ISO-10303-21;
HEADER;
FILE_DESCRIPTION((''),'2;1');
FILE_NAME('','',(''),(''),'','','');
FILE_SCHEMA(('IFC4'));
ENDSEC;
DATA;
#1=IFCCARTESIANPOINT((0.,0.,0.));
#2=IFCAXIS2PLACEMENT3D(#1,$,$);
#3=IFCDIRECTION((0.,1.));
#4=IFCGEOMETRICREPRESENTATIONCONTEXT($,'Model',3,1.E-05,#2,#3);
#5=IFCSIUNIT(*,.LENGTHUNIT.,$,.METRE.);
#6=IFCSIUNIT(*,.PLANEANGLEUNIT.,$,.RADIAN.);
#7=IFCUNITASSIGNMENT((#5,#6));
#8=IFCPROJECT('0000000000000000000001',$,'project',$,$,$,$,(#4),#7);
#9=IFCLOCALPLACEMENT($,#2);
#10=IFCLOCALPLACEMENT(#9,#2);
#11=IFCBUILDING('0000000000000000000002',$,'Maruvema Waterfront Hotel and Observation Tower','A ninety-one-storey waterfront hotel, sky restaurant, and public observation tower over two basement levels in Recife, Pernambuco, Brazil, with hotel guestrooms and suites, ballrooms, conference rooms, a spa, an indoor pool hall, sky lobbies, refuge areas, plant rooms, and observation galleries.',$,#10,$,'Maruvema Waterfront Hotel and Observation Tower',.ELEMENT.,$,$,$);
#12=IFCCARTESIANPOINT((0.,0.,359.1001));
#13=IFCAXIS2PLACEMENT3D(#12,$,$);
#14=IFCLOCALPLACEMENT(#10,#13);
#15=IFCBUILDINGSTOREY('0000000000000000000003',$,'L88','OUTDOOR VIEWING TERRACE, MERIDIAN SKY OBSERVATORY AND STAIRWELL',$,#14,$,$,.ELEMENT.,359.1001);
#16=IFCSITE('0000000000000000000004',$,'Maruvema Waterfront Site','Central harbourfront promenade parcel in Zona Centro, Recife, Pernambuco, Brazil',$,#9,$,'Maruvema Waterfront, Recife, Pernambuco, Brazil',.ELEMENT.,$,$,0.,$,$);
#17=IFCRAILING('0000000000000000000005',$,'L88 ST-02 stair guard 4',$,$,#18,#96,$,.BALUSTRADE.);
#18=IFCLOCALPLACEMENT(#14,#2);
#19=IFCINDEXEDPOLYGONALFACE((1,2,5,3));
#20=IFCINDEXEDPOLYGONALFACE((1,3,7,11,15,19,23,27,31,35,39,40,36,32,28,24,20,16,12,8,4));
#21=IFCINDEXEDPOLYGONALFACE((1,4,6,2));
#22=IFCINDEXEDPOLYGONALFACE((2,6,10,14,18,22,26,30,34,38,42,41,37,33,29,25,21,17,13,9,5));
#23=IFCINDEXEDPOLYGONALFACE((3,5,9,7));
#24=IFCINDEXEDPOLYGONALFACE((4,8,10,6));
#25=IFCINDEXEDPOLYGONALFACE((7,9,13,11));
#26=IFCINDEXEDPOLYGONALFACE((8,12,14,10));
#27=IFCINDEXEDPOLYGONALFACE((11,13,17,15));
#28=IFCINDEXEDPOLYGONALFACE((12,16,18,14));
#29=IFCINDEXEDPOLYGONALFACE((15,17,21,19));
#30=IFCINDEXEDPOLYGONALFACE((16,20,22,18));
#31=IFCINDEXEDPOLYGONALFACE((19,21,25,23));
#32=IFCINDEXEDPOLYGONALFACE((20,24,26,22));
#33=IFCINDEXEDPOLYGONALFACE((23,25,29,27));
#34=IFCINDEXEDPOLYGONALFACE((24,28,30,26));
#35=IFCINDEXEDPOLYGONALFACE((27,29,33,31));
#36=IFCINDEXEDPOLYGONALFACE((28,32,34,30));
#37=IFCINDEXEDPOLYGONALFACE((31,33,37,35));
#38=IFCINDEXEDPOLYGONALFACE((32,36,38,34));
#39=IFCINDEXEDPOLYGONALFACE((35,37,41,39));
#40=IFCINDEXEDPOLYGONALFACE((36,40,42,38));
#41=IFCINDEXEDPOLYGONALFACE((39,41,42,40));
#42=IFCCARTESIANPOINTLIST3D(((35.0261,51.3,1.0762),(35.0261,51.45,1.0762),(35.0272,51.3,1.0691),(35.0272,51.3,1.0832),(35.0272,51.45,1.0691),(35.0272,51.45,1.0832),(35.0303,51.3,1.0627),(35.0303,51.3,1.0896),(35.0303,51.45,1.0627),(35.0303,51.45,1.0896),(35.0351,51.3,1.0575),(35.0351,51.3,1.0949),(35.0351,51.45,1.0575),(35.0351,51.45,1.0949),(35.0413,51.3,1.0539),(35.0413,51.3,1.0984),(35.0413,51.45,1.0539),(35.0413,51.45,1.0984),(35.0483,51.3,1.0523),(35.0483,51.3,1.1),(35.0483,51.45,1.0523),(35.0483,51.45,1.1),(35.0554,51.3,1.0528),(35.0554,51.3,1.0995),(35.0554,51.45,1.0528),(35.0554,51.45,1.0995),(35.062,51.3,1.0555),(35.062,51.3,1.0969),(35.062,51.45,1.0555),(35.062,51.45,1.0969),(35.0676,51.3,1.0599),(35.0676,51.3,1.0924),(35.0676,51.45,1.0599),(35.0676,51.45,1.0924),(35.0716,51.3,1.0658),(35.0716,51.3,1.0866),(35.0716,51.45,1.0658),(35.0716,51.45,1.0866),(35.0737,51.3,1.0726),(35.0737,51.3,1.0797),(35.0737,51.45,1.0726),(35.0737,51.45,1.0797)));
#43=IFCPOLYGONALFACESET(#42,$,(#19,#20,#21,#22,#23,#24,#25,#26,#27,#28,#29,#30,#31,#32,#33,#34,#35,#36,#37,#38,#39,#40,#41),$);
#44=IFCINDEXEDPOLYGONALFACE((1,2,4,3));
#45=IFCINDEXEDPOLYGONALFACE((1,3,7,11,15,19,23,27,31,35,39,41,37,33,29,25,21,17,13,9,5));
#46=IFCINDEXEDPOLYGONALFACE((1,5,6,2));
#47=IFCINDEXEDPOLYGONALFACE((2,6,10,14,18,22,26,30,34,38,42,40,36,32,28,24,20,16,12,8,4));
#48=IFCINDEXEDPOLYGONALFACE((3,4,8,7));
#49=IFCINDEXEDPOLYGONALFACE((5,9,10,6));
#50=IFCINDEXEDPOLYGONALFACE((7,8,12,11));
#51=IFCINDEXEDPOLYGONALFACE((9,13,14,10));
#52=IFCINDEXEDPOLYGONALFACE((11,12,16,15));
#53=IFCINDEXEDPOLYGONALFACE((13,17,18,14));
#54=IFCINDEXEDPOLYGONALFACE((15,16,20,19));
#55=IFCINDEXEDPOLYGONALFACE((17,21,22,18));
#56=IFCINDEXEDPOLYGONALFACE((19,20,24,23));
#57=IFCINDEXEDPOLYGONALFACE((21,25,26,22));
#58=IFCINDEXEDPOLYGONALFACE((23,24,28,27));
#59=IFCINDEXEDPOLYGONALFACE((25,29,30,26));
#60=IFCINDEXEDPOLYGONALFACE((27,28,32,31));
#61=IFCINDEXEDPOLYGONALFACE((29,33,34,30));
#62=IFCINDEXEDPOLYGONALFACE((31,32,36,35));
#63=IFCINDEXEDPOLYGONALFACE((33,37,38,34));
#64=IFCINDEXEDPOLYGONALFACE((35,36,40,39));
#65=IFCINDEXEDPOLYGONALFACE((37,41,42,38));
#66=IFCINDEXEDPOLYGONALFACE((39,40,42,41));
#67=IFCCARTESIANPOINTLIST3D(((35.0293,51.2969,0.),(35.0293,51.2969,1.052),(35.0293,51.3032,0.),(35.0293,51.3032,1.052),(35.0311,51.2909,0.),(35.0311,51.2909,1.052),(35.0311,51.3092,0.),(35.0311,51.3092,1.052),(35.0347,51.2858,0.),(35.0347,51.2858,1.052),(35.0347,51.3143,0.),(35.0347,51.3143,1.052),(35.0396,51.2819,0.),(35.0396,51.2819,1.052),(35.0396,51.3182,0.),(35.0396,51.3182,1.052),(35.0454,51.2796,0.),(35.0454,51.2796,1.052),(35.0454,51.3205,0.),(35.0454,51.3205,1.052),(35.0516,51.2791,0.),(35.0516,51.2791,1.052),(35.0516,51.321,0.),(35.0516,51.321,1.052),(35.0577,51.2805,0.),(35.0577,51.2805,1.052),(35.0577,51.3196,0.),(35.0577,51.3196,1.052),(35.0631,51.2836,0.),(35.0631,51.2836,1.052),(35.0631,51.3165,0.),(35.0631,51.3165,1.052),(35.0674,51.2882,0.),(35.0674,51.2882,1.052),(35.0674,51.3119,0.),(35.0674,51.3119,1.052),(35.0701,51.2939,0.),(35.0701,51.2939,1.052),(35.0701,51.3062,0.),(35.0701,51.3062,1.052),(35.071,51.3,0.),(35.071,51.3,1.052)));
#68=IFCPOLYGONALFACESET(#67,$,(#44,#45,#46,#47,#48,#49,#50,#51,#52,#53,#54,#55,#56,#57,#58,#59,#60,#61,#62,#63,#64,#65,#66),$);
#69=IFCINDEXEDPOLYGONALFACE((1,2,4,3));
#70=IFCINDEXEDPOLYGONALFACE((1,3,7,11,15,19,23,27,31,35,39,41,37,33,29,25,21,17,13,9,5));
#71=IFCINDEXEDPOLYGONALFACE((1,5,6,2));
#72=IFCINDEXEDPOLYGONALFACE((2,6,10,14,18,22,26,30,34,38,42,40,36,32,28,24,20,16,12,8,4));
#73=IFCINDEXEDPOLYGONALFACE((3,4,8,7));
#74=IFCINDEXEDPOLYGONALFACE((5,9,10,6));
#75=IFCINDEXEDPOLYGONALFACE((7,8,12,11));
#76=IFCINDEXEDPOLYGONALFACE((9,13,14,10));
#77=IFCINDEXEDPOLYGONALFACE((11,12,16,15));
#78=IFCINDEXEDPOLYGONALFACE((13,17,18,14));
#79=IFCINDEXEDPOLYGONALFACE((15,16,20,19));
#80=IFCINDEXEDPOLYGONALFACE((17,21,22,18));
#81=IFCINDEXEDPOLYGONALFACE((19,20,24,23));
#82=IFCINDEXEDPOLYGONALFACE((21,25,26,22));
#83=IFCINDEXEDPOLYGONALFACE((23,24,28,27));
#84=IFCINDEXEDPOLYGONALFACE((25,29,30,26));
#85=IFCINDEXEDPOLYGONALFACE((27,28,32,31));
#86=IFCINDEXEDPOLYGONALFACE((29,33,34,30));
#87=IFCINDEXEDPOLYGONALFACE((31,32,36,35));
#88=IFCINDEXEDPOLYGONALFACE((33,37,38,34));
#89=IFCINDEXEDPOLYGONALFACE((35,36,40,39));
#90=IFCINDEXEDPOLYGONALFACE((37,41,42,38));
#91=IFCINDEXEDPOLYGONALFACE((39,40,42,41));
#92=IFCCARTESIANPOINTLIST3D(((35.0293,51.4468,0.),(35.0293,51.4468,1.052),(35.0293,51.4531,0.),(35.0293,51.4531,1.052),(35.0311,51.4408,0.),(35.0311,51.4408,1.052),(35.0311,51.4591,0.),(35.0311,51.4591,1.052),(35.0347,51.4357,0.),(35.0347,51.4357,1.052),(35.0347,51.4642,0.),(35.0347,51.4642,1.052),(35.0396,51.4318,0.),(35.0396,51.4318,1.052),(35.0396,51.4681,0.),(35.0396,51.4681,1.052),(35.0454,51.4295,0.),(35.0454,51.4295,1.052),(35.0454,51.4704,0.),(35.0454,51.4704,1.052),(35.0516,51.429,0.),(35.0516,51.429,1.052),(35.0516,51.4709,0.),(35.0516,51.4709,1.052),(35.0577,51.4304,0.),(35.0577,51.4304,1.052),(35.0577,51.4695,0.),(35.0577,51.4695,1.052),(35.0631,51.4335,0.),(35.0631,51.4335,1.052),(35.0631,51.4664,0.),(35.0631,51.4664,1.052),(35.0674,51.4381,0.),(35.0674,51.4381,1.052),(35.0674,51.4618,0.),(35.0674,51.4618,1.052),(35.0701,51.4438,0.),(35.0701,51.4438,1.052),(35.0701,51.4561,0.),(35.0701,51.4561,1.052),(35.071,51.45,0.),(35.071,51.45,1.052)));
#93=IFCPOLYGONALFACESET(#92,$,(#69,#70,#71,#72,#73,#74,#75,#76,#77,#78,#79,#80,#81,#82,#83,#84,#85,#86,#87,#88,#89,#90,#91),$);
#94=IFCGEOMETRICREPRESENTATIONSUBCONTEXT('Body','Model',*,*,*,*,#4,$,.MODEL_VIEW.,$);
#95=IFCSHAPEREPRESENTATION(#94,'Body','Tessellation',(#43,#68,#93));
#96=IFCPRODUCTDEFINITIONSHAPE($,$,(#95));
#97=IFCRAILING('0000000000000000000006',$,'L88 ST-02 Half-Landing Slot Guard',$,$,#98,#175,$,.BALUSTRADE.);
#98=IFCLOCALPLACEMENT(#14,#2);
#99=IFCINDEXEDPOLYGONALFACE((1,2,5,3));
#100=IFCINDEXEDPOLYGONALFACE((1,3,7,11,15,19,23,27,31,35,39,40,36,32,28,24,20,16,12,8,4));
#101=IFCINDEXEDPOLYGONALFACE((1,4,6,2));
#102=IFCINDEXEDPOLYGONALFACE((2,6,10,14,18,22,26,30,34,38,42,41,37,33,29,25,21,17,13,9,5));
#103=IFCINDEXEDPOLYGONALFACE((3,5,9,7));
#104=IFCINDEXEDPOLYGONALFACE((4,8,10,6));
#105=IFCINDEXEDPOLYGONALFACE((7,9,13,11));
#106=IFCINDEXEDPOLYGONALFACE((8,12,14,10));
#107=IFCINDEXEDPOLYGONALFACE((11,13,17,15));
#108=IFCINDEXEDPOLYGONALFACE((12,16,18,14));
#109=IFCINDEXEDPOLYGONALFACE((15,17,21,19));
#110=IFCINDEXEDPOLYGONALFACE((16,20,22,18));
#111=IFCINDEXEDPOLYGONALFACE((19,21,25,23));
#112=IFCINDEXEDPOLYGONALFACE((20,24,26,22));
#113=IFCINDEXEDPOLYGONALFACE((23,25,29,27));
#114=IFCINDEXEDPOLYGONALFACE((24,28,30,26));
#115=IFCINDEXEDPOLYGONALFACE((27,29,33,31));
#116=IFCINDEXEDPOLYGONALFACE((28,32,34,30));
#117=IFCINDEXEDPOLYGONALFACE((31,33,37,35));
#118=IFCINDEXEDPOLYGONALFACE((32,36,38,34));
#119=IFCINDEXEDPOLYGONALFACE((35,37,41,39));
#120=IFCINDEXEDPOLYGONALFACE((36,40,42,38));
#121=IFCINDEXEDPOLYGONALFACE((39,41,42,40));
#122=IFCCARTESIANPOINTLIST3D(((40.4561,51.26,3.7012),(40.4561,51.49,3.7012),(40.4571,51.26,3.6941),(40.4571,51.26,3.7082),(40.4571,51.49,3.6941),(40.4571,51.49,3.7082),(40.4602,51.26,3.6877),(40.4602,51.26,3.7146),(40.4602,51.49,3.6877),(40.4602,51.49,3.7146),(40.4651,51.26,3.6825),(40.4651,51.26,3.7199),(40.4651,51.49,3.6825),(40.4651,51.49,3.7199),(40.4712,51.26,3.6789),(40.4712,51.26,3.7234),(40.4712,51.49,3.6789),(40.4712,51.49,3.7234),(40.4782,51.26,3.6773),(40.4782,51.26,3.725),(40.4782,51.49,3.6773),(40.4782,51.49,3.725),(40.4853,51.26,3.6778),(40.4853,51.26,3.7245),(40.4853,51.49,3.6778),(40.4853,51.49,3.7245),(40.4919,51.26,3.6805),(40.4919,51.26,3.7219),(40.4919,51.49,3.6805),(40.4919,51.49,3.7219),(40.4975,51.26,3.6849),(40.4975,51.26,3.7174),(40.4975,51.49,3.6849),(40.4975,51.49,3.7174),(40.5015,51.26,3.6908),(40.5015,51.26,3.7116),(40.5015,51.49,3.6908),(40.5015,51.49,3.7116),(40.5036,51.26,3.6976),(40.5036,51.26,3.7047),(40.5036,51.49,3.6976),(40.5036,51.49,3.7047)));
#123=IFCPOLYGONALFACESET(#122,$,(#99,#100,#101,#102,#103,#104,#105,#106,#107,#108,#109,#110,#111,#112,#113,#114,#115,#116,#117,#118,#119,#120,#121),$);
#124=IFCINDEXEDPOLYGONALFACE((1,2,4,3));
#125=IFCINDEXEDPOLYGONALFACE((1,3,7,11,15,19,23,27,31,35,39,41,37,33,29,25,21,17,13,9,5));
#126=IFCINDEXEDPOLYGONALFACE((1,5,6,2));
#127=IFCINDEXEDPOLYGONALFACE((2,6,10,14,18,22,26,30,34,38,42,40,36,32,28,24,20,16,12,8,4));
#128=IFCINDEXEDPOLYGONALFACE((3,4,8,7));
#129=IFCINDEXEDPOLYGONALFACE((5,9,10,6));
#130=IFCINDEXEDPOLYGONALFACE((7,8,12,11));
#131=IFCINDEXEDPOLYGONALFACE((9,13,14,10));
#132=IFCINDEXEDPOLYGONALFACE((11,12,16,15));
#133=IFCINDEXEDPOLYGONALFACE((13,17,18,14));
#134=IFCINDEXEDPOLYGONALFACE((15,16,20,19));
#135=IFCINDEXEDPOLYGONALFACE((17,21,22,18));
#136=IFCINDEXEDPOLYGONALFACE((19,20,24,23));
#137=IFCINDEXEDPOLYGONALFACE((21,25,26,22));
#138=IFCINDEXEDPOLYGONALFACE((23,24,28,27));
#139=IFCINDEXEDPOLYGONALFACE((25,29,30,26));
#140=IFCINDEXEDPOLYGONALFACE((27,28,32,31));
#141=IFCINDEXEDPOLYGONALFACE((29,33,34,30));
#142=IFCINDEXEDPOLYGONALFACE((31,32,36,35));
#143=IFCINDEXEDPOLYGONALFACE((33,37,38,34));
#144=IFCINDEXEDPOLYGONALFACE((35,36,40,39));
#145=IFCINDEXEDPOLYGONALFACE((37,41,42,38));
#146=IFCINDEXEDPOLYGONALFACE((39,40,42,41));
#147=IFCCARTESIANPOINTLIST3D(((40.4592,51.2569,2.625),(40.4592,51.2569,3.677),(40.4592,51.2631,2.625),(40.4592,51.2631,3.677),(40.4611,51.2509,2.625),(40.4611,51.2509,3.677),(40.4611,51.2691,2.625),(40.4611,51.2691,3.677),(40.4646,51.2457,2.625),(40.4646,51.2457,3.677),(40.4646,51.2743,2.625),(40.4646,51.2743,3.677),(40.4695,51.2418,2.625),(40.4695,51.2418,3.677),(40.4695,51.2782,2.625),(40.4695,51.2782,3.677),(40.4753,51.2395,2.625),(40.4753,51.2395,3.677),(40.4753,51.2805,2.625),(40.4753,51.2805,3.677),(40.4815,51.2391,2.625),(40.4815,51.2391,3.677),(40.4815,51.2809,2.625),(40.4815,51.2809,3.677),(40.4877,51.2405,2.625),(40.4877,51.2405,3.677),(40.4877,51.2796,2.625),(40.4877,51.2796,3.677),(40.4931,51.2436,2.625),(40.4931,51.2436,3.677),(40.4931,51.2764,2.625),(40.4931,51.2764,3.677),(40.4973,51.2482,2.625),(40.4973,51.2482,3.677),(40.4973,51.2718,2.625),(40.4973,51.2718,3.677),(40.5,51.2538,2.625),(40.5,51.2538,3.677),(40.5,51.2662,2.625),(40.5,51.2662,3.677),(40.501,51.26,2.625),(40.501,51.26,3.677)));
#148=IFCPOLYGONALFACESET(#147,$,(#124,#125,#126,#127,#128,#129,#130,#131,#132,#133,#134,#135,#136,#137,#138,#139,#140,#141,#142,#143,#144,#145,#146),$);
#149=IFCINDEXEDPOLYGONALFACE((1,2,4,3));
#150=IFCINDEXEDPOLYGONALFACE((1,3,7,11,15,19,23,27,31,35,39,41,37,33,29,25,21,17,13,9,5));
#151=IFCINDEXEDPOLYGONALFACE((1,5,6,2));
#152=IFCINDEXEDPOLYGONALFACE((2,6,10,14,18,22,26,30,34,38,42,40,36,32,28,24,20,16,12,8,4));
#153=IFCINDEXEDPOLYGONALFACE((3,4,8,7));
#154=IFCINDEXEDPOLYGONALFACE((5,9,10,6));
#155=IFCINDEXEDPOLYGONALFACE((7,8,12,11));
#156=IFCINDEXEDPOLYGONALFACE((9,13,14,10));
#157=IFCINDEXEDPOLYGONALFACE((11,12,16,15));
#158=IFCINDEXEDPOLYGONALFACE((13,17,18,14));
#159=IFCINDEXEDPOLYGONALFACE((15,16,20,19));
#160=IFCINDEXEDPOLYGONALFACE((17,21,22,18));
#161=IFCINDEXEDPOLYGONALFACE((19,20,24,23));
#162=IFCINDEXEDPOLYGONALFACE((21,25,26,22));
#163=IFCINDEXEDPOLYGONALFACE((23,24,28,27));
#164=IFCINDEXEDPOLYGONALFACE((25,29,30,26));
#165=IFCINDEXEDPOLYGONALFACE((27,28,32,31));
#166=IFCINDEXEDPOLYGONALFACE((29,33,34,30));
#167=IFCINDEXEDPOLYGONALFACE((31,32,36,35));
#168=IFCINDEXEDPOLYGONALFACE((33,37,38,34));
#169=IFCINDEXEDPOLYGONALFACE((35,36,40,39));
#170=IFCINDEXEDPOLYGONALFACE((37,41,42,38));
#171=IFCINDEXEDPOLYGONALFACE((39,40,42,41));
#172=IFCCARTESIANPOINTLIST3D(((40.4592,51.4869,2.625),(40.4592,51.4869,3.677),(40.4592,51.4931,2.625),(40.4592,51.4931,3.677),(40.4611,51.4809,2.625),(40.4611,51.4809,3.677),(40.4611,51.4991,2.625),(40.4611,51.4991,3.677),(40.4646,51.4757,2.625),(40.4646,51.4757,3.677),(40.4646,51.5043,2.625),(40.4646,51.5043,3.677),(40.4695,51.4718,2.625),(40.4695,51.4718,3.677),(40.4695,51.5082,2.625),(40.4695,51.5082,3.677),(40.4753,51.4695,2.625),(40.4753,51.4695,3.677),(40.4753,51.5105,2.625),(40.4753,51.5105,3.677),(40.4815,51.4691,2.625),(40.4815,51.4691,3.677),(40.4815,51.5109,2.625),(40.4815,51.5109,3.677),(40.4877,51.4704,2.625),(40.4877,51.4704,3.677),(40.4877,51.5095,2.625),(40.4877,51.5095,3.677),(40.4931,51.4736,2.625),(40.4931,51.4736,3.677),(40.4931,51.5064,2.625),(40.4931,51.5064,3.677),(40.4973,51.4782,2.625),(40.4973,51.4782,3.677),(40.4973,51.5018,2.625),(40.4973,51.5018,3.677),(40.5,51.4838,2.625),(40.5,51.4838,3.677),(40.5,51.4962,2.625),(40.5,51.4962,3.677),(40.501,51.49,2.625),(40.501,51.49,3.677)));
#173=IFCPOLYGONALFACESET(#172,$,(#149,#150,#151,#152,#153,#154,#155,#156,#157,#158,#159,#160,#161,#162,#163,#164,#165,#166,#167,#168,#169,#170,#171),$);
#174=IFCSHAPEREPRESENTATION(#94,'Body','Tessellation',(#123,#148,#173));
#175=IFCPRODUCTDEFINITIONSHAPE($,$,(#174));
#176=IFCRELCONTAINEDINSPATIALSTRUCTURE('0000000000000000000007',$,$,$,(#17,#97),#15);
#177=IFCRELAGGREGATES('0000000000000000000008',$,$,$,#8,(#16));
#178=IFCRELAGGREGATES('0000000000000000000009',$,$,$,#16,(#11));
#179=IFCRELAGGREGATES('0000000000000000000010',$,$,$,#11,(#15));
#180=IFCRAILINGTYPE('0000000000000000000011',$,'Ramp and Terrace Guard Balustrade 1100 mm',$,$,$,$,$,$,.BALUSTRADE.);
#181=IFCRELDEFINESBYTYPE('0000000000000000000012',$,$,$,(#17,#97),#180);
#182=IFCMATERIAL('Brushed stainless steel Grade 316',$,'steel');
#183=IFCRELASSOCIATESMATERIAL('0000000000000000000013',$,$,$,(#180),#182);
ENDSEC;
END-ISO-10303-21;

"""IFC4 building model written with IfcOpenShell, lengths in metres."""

from ifc_helpers import new_model, si_unit, direction, frame, origin, origin_2d, place, context, subcontext, project, spatial, circle, extrude, material, type_object, element, save


model = new_model("IFC4")

# Units and contexts
model_context = context("Model", 3, precision=1e-05, world=origin(), true_north=direction((0.0, 1.0)))
body_context = subcontext(model_context, "Body", "Model", "MODEL_VIEW")
ifc_project = project(units=[si_unit("LENGTHUNIT", "METRE"), si_unit("PLANEANGLEUNIT", "RADIAN")], contexts=[model_context])

# Site, building, storey
site_placement = place(None, origin())
site = spatial("IfcSite", under=ifc_project, at=site_placement, Name="Maruvema Waterfront Site", Description="Central harbourfront promenade parcel in Zona Centro, Recife, Pernambuco, Brazil", LongName="Maruvema Waterfront, Recife, Pernambuco, Brazil", CompositionType="ELEMENT", RefElevation=0.0)
building_placement = place(site_placement, origin())
building = spatial("IfcBuilding", under=site, at=building_placement, Name="Maruvema Waterfront Hotel and Observation Tower", Description="A ninety-one-storey waterfront hotel, sky restaurant, and public observation tower over two basement levels in Recife, Pernambuco, Brazil, with hotel guestrooms and suites, ballrooms, conference rooms, a spa, an indoor pool hall, sky lobbies, refuge areas, plant rooms, and observation galleries.", LongName="Maruvema Waterfront Hotel and Observation Tower", CompositionType="ELEMENT")
storey_placement = place(building_placement, frame((0.0, 0.0, 359.1001)))
storey = spatial("IfcBuildingStorey", under=building, at=storey_placement, Name="L88", Description="OUTDOOR VIEWING TERRACE, MERIDIAN SKY OBSERVATORY AND STAIRWELL", CompositionType="ELEMENT", Elevation=359.1001)

# Railings
ifc_material_1 = material(Name="Brushed stainless steel Grade 316", Category="steel")
railing_type_1 = type_object("IfcRailingType", Name="Ramp and Terrace Guard Balustrade 1100 mm", PredefinedType="BALUSTRADE", material=ifc_material_1)
railing_1_placement = place(storey_placement, frame((35.05, 51.3, 0.0)))
element("IfcRailing", 1, at=railing_1_placement, inside=storey, type_object=railing_type_1, Name="L88 ST-02 stair guard 4", PredefinedType="BALUSTRADE", context=body_context, shape_type="SweptSolid", body=[
    extrude(circle(Radius=0.0239, at=origin_2d()), frame((0.0, 0.0, 1.0762), z_axis=(0.0, 1.0, 0.0), x_axis=(-1.0, 0.0, 0.0)), (0.0, 0.0, 1.0), 0.1499),
    extrude(circle(Radius=0.021, at=origin_2d()), origin(), (0.0, 0.0, 1.0), 1.052),
    extrude(circle(Radius=0.021, at=origin_2d()), frame((0.0, 0.1499, 0.0)), (0.0, 0.0, 1.0), 1.052),
])
railing_2_placement = place(storey_placement, frame((40.48, 51.26, 2.625)))
element("IfcRailing", 2, at=railing_2_placement, inside=storey, type_object=railing_type_1, Name="L88 ST-02 Half-Landing Slot Guard", PredefinedType="BALUSTRADE", context=body_context, shape_type="SweptSolid", body=[
    extrude(circle(Radius=0.0239, at=origin_2d()), frame((0.0, 0.0, 1.0762), z_axis=(0.0, 1.0, 0.0), x_axis=(-1.0, 0.0, 0.0)), (0.0, 0.0, 1.0), 0.23),
    extrude(circle(Radius=0.021, at=origin_2d()), origin(), (0.0, 0.0, 1.0), 1.052),
    extrude(circle(Radius=0.021, at=origin_2d()), frame((0.0, 0.23, 0.0)), (0.0, 0.0, 1.0), 1.052),
])

save(model, "model.ifc")
